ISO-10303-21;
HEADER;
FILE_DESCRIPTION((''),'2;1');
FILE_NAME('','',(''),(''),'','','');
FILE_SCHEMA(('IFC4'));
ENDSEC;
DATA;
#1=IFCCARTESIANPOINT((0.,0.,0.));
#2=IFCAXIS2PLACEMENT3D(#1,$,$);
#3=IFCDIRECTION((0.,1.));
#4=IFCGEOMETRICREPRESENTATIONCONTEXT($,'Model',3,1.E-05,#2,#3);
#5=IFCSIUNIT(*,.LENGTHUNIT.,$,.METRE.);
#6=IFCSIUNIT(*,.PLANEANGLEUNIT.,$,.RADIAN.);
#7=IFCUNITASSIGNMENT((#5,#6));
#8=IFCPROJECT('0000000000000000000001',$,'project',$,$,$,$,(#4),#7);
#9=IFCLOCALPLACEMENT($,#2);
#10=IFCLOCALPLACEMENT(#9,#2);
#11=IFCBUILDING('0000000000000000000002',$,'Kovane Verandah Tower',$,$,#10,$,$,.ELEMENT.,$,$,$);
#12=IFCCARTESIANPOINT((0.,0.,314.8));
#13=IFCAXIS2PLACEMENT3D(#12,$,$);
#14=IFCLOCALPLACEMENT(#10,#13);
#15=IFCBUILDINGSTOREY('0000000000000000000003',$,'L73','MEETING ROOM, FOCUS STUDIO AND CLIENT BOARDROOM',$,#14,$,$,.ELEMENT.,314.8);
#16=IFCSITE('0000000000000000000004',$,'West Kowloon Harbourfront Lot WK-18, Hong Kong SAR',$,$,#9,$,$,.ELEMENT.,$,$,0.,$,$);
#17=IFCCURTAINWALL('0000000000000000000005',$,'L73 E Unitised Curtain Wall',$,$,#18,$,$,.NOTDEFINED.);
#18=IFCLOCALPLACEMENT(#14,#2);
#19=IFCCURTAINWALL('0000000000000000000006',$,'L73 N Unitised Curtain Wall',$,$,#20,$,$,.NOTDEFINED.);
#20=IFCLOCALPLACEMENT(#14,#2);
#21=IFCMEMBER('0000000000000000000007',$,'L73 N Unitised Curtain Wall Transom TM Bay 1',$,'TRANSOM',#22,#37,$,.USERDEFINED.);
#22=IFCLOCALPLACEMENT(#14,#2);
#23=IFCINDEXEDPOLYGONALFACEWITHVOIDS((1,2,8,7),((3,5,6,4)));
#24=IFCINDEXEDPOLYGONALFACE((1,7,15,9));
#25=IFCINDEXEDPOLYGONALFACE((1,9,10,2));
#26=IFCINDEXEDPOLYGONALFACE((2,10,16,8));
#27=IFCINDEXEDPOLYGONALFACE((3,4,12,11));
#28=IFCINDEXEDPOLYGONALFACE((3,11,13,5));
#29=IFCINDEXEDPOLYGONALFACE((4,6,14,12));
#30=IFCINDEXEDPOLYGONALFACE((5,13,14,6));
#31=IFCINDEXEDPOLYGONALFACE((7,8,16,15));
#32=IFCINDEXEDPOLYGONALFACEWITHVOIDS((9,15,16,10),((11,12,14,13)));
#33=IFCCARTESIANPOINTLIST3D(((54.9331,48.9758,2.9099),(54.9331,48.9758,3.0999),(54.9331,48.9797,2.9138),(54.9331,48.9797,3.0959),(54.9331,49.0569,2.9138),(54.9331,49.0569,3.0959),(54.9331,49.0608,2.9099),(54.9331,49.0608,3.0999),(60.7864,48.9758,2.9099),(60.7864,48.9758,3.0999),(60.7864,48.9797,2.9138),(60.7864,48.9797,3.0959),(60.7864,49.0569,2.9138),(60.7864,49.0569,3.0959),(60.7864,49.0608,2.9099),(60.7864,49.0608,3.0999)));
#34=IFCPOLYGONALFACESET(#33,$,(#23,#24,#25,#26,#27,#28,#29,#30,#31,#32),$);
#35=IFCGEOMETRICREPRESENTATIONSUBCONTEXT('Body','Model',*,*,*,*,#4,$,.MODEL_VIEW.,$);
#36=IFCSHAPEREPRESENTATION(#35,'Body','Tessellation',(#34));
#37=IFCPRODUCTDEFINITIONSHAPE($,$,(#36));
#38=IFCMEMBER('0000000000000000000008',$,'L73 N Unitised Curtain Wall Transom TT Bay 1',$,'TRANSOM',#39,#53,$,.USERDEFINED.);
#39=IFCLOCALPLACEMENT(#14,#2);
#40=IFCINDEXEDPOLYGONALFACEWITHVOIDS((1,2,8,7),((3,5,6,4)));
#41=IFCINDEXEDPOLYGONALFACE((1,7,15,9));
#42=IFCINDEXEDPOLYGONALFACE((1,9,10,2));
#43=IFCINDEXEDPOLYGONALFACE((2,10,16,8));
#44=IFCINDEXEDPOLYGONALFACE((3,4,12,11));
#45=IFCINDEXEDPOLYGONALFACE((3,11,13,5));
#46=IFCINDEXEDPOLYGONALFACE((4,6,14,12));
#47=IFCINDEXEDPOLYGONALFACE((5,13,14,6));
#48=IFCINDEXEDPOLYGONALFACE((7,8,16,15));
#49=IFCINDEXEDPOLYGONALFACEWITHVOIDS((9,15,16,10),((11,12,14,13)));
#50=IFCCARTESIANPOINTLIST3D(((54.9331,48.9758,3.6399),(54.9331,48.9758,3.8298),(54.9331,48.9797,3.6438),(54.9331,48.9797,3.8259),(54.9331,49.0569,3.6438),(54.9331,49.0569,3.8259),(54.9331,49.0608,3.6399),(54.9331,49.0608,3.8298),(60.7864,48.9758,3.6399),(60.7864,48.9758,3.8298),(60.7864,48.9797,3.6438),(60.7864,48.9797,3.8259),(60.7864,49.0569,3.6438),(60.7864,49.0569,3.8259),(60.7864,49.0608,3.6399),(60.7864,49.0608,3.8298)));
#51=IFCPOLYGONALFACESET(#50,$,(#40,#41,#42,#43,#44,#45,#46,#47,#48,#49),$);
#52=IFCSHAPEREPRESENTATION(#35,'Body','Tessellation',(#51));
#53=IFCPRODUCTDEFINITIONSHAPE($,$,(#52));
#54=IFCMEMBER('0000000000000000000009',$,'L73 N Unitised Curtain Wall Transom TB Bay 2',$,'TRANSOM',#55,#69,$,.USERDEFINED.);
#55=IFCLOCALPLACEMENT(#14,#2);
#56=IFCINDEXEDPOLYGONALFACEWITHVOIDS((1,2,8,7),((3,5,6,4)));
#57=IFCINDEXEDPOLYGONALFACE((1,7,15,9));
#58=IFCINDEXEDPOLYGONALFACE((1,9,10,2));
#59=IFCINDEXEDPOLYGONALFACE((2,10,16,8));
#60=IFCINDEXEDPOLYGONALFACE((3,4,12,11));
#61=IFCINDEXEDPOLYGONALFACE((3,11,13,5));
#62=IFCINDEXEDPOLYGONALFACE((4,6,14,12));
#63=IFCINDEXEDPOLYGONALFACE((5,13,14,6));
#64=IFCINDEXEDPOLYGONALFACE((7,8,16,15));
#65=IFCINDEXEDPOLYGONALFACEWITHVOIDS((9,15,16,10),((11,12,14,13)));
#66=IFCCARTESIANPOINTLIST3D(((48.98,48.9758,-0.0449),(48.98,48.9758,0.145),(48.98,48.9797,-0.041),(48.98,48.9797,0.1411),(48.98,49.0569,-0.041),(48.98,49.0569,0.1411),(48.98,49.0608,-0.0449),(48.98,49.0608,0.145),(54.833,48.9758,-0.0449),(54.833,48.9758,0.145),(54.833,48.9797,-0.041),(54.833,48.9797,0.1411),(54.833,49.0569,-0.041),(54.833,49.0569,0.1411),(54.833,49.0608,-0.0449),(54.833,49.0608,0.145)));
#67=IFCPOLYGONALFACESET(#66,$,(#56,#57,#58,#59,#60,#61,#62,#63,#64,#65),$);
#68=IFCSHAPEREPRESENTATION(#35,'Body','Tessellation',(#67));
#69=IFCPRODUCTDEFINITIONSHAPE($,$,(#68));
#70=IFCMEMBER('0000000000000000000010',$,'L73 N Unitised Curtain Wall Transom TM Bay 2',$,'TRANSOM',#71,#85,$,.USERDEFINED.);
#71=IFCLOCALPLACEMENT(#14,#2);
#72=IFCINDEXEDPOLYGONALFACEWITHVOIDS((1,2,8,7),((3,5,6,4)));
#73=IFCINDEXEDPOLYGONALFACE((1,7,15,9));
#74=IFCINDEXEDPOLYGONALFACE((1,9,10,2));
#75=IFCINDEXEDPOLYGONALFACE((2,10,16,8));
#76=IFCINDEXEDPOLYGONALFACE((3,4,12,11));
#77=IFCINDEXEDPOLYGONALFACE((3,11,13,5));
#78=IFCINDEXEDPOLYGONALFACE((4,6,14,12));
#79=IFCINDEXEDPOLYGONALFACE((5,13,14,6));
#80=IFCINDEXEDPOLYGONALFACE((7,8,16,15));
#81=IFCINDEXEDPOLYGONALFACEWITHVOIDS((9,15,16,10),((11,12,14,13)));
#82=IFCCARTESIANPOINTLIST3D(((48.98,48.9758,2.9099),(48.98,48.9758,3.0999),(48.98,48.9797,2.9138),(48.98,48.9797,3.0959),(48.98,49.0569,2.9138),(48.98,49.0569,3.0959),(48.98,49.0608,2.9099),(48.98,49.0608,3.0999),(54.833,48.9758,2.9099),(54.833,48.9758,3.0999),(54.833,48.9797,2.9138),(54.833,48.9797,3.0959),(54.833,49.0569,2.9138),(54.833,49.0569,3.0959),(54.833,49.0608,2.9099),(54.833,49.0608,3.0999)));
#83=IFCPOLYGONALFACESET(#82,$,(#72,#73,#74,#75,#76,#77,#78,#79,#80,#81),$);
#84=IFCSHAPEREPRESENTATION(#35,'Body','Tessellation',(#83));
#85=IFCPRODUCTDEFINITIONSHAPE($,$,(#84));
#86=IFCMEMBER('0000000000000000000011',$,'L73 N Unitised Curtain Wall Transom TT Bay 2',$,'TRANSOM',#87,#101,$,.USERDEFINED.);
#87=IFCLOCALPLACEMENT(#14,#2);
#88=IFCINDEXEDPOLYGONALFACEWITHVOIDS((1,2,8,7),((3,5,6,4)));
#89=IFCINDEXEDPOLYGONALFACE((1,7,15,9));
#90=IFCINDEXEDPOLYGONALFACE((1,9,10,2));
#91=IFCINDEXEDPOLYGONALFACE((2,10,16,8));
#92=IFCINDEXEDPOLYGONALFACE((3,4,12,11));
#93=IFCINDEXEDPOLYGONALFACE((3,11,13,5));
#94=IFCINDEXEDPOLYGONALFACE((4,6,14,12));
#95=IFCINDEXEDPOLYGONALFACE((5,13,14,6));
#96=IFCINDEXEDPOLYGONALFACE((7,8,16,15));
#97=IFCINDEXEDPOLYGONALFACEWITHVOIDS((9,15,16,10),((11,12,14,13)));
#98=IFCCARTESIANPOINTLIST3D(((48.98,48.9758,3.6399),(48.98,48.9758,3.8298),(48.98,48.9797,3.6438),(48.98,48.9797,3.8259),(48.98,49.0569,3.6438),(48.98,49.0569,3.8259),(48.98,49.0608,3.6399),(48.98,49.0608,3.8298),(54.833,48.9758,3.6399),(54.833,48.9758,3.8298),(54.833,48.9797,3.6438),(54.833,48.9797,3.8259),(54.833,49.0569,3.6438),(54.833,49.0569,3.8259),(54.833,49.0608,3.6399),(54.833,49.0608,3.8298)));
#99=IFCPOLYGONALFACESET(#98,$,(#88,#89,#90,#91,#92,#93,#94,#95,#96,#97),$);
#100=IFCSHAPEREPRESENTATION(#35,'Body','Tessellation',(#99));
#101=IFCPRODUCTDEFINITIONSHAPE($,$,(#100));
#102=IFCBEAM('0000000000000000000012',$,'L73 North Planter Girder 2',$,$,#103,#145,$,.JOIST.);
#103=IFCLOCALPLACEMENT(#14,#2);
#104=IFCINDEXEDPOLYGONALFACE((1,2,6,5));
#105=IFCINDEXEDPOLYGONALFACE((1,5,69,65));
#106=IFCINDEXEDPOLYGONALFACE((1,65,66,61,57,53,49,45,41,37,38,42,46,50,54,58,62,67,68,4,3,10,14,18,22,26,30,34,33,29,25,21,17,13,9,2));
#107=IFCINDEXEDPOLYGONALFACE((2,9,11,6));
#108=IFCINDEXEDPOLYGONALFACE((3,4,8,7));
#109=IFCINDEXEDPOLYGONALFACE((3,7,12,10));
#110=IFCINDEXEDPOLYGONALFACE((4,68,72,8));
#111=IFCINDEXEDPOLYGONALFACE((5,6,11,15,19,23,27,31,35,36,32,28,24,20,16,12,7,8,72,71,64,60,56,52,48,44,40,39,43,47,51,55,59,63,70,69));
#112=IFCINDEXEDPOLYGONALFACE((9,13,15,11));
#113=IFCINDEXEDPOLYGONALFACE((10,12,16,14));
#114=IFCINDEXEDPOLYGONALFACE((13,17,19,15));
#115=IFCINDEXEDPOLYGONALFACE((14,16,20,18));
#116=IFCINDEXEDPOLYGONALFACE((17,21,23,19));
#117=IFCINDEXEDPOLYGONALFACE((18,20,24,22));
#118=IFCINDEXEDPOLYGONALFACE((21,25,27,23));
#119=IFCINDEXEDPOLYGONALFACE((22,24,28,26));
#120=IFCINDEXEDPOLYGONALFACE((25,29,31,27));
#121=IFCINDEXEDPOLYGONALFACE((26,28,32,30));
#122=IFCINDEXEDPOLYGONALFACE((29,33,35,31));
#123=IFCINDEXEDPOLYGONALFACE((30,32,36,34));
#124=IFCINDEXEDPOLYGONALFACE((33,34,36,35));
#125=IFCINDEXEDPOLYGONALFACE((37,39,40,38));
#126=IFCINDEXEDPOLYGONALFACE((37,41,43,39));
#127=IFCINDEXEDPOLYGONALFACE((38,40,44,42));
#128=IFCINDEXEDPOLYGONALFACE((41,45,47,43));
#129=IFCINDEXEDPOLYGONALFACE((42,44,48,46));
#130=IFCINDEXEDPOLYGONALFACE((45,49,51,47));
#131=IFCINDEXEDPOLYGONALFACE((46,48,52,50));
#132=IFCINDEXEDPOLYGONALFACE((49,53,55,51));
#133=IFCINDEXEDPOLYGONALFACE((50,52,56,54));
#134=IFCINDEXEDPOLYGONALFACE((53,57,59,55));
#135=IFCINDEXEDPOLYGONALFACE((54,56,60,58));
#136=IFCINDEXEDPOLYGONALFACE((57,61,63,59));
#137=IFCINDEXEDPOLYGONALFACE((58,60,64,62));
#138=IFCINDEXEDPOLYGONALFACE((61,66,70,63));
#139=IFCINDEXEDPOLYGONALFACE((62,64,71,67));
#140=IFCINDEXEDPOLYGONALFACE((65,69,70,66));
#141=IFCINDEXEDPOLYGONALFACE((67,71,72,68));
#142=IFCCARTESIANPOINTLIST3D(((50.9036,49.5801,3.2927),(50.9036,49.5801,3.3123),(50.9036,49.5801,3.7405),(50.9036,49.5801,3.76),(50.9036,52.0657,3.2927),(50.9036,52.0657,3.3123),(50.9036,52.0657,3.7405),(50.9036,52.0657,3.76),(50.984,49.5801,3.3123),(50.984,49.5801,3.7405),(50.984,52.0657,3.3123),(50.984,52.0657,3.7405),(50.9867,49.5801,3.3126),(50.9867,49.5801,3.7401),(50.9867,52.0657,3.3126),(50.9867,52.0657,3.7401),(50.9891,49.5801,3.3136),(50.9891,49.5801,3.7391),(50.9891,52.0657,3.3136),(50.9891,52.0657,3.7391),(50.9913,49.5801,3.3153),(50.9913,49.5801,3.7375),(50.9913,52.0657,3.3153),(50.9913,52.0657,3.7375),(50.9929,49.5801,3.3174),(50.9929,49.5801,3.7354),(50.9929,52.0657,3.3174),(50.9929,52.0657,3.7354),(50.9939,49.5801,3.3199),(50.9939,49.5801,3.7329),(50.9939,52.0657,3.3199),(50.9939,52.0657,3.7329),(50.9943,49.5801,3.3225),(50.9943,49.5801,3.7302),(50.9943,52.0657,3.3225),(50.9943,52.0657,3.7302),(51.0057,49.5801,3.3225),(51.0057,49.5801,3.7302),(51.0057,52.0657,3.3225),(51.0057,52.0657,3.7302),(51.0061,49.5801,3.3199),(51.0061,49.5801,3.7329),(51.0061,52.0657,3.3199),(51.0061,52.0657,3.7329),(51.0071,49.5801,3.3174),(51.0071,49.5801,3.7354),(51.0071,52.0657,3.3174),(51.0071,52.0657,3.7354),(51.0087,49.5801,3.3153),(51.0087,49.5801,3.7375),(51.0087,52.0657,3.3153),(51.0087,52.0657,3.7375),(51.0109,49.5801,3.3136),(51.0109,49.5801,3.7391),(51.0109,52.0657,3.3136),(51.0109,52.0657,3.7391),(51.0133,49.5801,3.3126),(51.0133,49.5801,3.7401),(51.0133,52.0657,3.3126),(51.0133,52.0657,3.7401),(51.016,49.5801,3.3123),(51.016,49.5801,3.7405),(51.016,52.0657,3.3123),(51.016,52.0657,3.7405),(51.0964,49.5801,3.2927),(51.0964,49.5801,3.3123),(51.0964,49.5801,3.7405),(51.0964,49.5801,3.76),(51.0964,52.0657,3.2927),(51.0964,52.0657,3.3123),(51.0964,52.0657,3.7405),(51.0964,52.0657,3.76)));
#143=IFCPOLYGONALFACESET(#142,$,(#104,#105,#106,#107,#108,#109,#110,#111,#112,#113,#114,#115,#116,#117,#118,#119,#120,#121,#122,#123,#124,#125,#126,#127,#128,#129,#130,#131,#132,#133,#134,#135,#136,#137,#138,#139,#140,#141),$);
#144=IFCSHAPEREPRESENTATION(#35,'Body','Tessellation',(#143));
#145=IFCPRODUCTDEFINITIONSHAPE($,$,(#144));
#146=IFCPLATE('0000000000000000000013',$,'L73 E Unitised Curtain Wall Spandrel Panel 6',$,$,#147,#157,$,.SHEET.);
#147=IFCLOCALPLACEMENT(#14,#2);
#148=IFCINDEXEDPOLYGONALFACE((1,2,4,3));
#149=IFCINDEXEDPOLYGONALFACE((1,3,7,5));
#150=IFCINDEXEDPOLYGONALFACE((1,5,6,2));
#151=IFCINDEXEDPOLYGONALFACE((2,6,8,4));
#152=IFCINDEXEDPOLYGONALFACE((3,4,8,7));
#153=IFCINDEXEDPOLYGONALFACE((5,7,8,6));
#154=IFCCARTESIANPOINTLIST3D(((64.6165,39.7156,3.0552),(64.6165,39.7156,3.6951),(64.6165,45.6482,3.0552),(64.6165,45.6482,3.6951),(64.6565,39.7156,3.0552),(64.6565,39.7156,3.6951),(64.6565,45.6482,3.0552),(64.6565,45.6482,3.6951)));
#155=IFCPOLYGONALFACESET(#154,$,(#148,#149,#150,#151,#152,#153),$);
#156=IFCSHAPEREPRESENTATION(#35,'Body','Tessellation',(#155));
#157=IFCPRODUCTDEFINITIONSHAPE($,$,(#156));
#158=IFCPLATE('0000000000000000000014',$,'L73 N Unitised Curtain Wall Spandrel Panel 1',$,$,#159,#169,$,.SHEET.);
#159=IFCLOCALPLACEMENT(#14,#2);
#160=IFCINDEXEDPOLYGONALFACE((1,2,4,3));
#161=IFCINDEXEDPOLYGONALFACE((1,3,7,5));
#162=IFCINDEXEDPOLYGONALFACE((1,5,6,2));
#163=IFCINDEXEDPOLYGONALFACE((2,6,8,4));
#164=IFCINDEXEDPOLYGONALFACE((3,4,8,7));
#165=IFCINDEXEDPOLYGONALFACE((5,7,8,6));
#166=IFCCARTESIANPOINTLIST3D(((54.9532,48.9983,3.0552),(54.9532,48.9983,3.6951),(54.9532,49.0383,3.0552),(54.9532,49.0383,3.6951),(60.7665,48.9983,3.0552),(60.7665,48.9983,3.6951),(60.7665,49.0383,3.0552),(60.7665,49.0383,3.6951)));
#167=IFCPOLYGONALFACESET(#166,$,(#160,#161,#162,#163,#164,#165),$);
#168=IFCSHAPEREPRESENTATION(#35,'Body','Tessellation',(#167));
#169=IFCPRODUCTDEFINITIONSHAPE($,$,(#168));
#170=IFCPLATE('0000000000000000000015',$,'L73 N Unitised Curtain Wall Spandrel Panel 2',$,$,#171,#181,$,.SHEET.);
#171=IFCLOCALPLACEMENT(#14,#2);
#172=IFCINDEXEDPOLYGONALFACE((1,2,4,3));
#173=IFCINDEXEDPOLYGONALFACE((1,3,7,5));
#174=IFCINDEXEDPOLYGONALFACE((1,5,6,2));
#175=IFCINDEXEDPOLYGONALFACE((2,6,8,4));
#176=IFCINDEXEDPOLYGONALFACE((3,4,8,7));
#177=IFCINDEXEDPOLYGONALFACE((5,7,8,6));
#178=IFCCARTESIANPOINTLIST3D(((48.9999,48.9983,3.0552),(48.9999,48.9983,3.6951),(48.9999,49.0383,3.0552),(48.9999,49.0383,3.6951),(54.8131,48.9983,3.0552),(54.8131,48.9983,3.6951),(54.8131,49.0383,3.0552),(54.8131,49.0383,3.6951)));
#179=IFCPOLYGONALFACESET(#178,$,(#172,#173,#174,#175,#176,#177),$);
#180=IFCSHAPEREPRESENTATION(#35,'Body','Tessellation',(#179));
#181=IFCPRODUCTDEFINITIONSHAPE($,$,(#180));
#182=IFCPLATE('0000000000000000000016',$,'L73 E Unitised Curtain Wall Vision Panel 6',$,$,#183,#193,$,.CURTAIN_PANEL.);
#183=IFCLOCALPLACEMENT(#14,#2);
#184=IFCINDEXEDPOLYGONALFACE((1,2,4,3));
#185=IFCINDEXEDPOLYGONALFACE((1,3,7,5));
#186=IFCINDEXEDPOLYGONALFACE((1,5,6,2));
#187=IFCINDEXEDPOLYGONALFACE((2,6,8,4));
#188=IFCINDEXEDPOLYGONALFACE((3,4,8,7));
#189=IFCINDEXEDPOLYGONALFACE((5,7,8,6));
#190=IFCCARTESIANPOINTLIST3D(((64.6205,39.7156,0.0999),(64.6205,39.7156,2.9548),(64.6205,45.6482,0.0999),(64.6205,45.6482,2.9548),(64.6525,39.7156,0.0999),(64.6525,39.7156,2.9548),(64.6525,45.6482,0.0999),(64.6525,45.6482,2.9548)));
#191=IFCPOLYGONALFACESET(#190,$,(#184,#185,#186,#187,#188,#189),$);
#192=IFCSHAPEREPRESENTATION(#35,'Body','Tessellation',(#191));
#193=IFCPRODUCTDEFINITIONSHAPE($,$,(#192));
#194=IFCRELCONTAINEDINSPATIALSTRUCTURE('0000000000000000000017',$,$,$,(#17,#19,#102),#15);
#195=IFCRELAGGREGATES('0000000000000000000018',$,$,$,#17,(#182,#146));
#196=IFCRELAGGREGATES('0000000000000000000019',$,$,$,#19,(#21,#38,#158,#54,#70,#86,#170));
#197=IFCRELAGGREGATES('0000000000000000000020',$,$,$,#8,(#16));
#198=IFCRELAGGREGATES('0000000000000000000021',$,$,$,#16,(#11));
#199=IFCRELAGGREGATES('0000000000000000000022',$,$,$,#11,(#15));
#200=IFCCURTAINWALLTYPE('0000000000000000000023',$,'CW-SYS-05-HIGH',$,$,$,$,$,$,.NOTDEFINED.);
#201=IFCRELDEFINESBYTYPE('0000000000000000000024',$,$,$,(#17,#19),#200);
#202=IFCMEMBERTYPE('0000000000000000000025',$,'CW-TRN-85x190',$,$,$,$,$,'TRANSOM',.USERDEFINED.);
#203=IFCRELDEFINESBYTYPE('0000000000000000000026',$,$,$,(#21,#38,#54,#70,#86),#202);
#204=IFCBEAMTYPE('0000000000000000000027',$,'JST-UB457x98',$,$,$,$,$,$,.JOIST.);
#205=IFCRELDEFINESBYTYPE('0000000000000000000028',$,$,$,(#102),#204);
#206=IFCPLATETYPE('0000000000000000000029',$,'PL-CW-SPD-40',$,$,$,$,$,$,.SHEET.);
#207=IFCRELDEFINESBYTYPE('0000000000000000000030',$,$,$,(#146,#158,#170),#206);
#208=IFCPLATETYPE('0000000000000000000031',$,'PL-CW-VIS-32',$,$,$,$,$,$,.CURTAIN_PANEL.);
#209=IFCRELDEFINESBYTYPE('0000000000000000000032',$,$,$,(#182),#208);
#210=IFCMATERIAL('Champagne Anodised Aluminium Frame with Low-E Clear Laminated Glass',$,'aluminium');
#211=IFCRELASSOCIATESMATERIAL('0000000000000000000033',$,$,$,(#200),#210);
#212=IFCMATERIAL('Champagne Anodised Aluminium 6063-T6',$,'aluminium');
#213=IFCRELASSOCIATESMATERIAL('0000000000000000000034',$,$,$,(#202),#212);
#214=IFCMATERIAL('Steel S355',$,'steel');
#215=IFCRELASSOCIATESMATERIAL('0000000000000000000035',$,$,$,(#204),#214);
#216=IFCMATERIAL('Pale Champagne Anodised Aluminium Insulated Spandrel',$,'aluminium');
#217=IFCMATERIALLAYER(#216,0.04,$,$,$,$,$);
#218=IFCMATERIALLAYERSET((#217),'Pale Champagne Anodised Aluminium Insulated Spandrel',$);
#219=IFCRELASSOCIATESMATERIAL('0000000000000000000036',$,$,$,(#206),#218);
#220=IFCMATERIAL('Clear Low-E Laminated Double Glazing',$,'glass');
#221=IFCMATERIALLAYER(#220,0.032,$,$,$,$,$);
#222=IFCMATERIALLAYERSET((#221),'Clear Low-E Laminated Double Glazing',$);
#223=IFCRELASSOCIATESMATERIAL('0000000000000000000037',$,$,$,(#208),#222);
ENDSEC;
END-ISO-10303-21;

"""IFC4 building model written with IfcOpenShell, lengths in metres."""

from ifc_helpers import new_model, si_unit, direction, frame, origin, origin_2d, place, context, subcontext, project, spatial, rectangle, hollow_rectangle, i_section, extrude, material, layer, layer_set, material_profile, profile_set, type_object, element, aggregate, save


model = new_model("IFC4")

# Units and contexts
model_context = context("Model", 3, precision=1e-05, world=origin(), true_north=direction((0.0, 1.0)))
body_context = subcontext(model_context, "Body", "Model", "MODEL_VIEW")
ifc_project = project(units=[si_unit("LENGTHUNIT", "METRE"), si_unit("PLANEANGLEUNIT", "RADIAN")], contexts=[model_context])

# Site, building, storey
site_placement = place(None, origin())
site = spatial("IfcSite", under=ifc_project, at=site_placement, Name="West Kowloon Harbourfront Lot WK-18, Hong Kong SAR", CompositionType="ELEMENT", RefElevation=0.0)
building_placement = place(site_placement, origin())
building = spatial("IfcBuilding", under=site, at=building_placement, Name="Kovane Verandah Tower", CompositionType="ELEMENT")
storey_placement = place(building_placement, frame((0.0, 0.0, 314.8)))
storey = spatial("IfcBuildingStorey", under=building, at=storey_placement, Name="L73", Description="MEETING ROOM, FOCUS STUDIO AND CLIENT BOARDROOM", CompositionType="ELEMENT", Elevation=314.8)

# Shared definitions
ifc_material_1 = material(Name="Steel S355", Category="steel")

# Curtain wall
ifc_material_2 = material(Name="Champagne Anodised Aluminium Frame with Low-E Clear Laminated Glass", Category="aluminium")
curtain_wall_type = type_object("IfcCurtainWallType", Name="CW-SYS-05-HIGH", PredefinedType="NOTDEFINED", material=ifc_material_2)
curtain_wall_1_placement = place(storey_placement, origin())
curtain_wall_1 = element("IfcCurtainWall", 1, at=curtain_wall_1_placement, inside=storey, type_object=curtain_wall_type, Name="L73 E Unitised Curtain Wall", PredefinedType="NOTDEFINED")
ifc_material_3 = material(Name="Champagne Anodised Aluminium 6063-T6", Category="aluminium")

# Curtain wall, members
curtain_wall_2_placement = place(storey_placement, origin())
curtain_wall_2 = element("IfcCurtainWall", 2, at=curtain_wall_2_placement, inside=storey, type_object=curtain_wall_type, Name="L73 N Unitised Curtain Wall", PredefinedType="NOTDEFINED")
ifc_material_profile_1 = material_profile(ifc_material_3, hollow_rectangle(XDim=0.085, YDim=0.1899, WallThickness=0.0039, at=origin_2d()), Name="AL85x190x4")
ifc_profile_set_1 = profile_set([ifc_material_profile_1], Name="Champagne Anodised Aluminium 6063-T6")
member_type_1 = type_object("IfcMemberType", Name="CW-TRN-85x190", ElementType="TRANSOM", PredefinedType="USERDEFINED", material=ifc_profile_set_1)
member_1_placement = place(storey_placement, frame((60.7864, 49.0183, 3.0049), z_axis=(-1.0, 0.0, 0.0), x_axis=(0.0, -1.0, 0.0)))
member_1 = element("IfcMember", 3, at=member_1_placement, type_object=member_type_1, Name="L73 N Unitised Curtain Wall Transom TM Bay 1", ObjectType="TRANSOM", PredefinedType="USERDEFINED", context=body_context, shape_type="SweptSolid", body=[
    extrude(hollow_rectangle(XDim=0.085, YDim=0.1899, WallThickness=0.0039, at=origin_2d()), origin(), (0.0, 0.0, 1.0), 5.8533),
])
member_2_placement = place(storey_placement, frame((60.7864, 49.0183, 3.7349), z_axis=(-1.0, 0.0, 0.0), x_axis=(0.0, -1.0, 0.0)))
member_2 = element("IfcMember", 4, at=member_2_placement, type_object=member_type_1, Name="L73 N Unitised Curtain Wall Transom TT Bay 1", ObjectType="TRANSOM", PredefinedType="USERDEFINED", context=body_context, shape_type="SweptSolid", body=[
    extrude(hollow_rectangle(XDim=0.085, YDim=0.1899, WallThickness=0.0039, at=origin_2d()), origin(), (0.0, 0.0, 1.0), 5.8533),
])
member_3_placement = place(storey_placement, frame((54.833, 49.0183, 0.05), z_axis=(-1.0, 0.0, 0.0), x_axis=(0.0, -1.0, 0.0)))
member_3 = element("IfcMember", 5, at=member_3_placement, type_object=member_type_1, Name="L73 N Unitised Curtain Wall Transom TB Bay 2", ObjectType="TRANSOM", PredefinedType="USERDEFINED", context=body_context, shape_type="SweptSolid", body=[
    extrude(hollow_rectangle(XDim=0.085, YDim=0.1899, WallThickness=0.0039, at=origin_2d()), origin(), (0.0, 0.0, 1.0), 5.853),
])
member_4_placement = place(storey_placement, frame((54.833, 49.0183, 3.0049), z_axis=(-1.0, 0.0, 0.0), x_axis=(0.0, -1.0, 0.0)))
member_4 = element("IfcMember", 6, at=member_4_placement, type_object=member_type_1, Name="L73 N Unitised Curtain Wall Transom TM Bay 2", ObjectType="TRANSOM", PredefinedType="USERDEFINED", context=body_context, shape_type="SweptSolid", body=[
    extrude(hollow_rectangle(XDim=0.085, YDim=0.1899, WallThickness=0.0039, at=origin_2d()), origin(), (0.0, 0.0, 1.0), 5.853),
])
member_5_placement = place(storey_placement, frame((54.833, 49.0183, 3.7349), z_axis=(-1.0, 0.0, 0.0), x_axis=(0.0, -1.0, 0.0)))
member_5 = element("IfcMember", 7, at=member_5_placement, type_object=member_type_1, Name="L73 N Unitised Curtain Wall Transom TT Bay 2", ObjectType="TRANSOM", PredefinedType="USERDEFINED", context=body_context, shape_type="SweptSolid", body=[
    extrude(hollow_rectangle(XDim=0.085, YDim=0.1899, WallThickness=0.0039, at=origin_2d()), origin(), (0.0, 0.0, 1.0), 5.853),
])

# Beam
ifc_material_profile_2 = material_profile(ifc_material_1, i_section(OverallWidth=0.1929, OverallDepth=0.4673, WebThickness=0.0115, FlangeThickness=0.0195, FilletRadius=0.0103, at=origin_2d()), Name="UB457x191x98")
ifc_profile_set_2 = profile_set([ifc_material_profile_2], Name="Steel S355")
beam_type_1 = type_object("IfcBeamType", Name="JST-UB457x98", PredefinedType="JOIST", material=ifc_profile_set_2)
beam_1_placement = place(storey_placement, frame((51.0, 49.5801, 3.5264), z_axis=(0.0, 1.0, 0.0), x_axis=(-1.0, 0.0, 0.0)))
element("IfcBeam", 8, at=beam_1_placement, inside=storey, type_object=beam_type_1, Name="L73 North Planter Girder 2", PredefinedType="JOIST", context=body_context, shape_type="SweptSolid", body=[
    extrude(i_section(OverallWidth=0.1929, OverallDepth=0.4673, WebThickness=0.0115, FlangeThickness=0.0195, FilletRadius=0.0103, at=origin_2d()), origin(), (0.0, 0.0, 1.0), 2.4856),
])

# Plates
ifc_material_4 = material(Name="Pale Champagne Anodised Aluminium Insulated Spandrel", Category="aluminium")
ifc_layer_1 = layer(ifc_material_4, 0.04)
ifc_layer_set_1 = layer_set([ifc_layer_1], Name="Pale Champagne Anodised Aluminium Insulated Spandrel")
plate_type_1 = type_object("IfcPlateType", Name="PL-CW-SPD-40", PredefinedType="SHEET", material=ifc_layer_set_1)
plate_1_placement = place(storey_placement, frame((64.6365, 42.6819, 3.0552), z_axis=(0.0, 0.0, 1.0), x_axis=(0.0, 1.0, 0.0)))
plate_1 = element("IfcPlate", 9, at=plate_1_placement, type_object=plate_type_1, Name="L73 E Unitised Curtain Wall Spandrel Panel 6", PredefinedType="SHEET", context=body_context, shape_type="SweptSolid", body=[
    extrude(rectangle(XDim=5.9326, YDim=0.04, at=origin_2d()), origin(), (0.0, 0.0, 1.0), 0.6399),
])
plate_2_placement = place(storey_placement, frame((57.8599, 49.0183, 3.0552), z_axis=(0.0, 0.0, 1.0), x_axis=(-1.0, 0.0, 0.0)))
plate_2 = element("IfcPlate", 10, at=plate_2_placement, type_object=plate_type_1, Name="L73 N Unitised Curtain Wall Spandrel Panel 1", PredefinedType="SHEET", context=body_context, shape_type="SweptSolid", body=[
    extrude(rectangle(XDim=5.8132, YDim=0.04, at=origin_2d()), origin(), (0.0, 0.0, 1.0), 0.6399),
])
plate_3_placement = place(storey_placement, frame((51.9065, 49.0183, 3.0552), z_axis=(0.0, 0.0, 1.0), x_axis=(-1.0, 0.0, 0.0)))
plate_3 = element("IfcPlate", 11, at=plate_3_placement, type_object=plate_type_1, Name="L73 N Unitised Curtain Wall Spandrel Panel 2", PredefinedType="SHEET", context=body_context, shape_type="SweptSolid", body=[
    extrude(rectangle(XDim=5.8132, YDim=0.04, at=origin_2d()), origin(), (0.0, 0.0, 1.0), 0.6399),
])
ifc_material_5 = material(Name="Clear Low-E Laminated Double Glazing", Category="glass")
ifc_layer_2 = layer(ifc_material_5, 0.032)
ifc_layer_set_2 = layer_set([ifc_layer_2], Name="Clear Low-E Laminated Double Glazing")
plate_type_2 = type_object("IfcPlateType", Name="PL-CW-VIS-32", PredefinedType="CURTAIN_PANEL", material=ifc_layer_set_2)
plate_4_placement = place(storey_placement, frame((64.6365, 42.6819, 0.0999), z_axis=(0.0, 0.0, 1.0), x_axis=(0.0, 1.0, 0.0)))
plate_4 = element("IfcPlate", 12, at=plate_4_placement, type_object=plate_type_2, Name="L73 E Unitised Curtain Wall Vision Panel 6", PredefinedType="CURTAIN_PANEL", context=body_context, shape_type="SweptSolid", body=[
    extrude(rectangle(XDim=5.9326, YDim=0.032, at=origin_2d()), origin(), (0.0, 0.0, 1.0), 2.855),
])
aggregate(curtain_wall_1, [plate_4, plate_1])
aggregate(curtain_wall_2, [member_1, member_2, plate_2, member_3, member_4, member_5, plate_3])

save(model, "model.ifc")
